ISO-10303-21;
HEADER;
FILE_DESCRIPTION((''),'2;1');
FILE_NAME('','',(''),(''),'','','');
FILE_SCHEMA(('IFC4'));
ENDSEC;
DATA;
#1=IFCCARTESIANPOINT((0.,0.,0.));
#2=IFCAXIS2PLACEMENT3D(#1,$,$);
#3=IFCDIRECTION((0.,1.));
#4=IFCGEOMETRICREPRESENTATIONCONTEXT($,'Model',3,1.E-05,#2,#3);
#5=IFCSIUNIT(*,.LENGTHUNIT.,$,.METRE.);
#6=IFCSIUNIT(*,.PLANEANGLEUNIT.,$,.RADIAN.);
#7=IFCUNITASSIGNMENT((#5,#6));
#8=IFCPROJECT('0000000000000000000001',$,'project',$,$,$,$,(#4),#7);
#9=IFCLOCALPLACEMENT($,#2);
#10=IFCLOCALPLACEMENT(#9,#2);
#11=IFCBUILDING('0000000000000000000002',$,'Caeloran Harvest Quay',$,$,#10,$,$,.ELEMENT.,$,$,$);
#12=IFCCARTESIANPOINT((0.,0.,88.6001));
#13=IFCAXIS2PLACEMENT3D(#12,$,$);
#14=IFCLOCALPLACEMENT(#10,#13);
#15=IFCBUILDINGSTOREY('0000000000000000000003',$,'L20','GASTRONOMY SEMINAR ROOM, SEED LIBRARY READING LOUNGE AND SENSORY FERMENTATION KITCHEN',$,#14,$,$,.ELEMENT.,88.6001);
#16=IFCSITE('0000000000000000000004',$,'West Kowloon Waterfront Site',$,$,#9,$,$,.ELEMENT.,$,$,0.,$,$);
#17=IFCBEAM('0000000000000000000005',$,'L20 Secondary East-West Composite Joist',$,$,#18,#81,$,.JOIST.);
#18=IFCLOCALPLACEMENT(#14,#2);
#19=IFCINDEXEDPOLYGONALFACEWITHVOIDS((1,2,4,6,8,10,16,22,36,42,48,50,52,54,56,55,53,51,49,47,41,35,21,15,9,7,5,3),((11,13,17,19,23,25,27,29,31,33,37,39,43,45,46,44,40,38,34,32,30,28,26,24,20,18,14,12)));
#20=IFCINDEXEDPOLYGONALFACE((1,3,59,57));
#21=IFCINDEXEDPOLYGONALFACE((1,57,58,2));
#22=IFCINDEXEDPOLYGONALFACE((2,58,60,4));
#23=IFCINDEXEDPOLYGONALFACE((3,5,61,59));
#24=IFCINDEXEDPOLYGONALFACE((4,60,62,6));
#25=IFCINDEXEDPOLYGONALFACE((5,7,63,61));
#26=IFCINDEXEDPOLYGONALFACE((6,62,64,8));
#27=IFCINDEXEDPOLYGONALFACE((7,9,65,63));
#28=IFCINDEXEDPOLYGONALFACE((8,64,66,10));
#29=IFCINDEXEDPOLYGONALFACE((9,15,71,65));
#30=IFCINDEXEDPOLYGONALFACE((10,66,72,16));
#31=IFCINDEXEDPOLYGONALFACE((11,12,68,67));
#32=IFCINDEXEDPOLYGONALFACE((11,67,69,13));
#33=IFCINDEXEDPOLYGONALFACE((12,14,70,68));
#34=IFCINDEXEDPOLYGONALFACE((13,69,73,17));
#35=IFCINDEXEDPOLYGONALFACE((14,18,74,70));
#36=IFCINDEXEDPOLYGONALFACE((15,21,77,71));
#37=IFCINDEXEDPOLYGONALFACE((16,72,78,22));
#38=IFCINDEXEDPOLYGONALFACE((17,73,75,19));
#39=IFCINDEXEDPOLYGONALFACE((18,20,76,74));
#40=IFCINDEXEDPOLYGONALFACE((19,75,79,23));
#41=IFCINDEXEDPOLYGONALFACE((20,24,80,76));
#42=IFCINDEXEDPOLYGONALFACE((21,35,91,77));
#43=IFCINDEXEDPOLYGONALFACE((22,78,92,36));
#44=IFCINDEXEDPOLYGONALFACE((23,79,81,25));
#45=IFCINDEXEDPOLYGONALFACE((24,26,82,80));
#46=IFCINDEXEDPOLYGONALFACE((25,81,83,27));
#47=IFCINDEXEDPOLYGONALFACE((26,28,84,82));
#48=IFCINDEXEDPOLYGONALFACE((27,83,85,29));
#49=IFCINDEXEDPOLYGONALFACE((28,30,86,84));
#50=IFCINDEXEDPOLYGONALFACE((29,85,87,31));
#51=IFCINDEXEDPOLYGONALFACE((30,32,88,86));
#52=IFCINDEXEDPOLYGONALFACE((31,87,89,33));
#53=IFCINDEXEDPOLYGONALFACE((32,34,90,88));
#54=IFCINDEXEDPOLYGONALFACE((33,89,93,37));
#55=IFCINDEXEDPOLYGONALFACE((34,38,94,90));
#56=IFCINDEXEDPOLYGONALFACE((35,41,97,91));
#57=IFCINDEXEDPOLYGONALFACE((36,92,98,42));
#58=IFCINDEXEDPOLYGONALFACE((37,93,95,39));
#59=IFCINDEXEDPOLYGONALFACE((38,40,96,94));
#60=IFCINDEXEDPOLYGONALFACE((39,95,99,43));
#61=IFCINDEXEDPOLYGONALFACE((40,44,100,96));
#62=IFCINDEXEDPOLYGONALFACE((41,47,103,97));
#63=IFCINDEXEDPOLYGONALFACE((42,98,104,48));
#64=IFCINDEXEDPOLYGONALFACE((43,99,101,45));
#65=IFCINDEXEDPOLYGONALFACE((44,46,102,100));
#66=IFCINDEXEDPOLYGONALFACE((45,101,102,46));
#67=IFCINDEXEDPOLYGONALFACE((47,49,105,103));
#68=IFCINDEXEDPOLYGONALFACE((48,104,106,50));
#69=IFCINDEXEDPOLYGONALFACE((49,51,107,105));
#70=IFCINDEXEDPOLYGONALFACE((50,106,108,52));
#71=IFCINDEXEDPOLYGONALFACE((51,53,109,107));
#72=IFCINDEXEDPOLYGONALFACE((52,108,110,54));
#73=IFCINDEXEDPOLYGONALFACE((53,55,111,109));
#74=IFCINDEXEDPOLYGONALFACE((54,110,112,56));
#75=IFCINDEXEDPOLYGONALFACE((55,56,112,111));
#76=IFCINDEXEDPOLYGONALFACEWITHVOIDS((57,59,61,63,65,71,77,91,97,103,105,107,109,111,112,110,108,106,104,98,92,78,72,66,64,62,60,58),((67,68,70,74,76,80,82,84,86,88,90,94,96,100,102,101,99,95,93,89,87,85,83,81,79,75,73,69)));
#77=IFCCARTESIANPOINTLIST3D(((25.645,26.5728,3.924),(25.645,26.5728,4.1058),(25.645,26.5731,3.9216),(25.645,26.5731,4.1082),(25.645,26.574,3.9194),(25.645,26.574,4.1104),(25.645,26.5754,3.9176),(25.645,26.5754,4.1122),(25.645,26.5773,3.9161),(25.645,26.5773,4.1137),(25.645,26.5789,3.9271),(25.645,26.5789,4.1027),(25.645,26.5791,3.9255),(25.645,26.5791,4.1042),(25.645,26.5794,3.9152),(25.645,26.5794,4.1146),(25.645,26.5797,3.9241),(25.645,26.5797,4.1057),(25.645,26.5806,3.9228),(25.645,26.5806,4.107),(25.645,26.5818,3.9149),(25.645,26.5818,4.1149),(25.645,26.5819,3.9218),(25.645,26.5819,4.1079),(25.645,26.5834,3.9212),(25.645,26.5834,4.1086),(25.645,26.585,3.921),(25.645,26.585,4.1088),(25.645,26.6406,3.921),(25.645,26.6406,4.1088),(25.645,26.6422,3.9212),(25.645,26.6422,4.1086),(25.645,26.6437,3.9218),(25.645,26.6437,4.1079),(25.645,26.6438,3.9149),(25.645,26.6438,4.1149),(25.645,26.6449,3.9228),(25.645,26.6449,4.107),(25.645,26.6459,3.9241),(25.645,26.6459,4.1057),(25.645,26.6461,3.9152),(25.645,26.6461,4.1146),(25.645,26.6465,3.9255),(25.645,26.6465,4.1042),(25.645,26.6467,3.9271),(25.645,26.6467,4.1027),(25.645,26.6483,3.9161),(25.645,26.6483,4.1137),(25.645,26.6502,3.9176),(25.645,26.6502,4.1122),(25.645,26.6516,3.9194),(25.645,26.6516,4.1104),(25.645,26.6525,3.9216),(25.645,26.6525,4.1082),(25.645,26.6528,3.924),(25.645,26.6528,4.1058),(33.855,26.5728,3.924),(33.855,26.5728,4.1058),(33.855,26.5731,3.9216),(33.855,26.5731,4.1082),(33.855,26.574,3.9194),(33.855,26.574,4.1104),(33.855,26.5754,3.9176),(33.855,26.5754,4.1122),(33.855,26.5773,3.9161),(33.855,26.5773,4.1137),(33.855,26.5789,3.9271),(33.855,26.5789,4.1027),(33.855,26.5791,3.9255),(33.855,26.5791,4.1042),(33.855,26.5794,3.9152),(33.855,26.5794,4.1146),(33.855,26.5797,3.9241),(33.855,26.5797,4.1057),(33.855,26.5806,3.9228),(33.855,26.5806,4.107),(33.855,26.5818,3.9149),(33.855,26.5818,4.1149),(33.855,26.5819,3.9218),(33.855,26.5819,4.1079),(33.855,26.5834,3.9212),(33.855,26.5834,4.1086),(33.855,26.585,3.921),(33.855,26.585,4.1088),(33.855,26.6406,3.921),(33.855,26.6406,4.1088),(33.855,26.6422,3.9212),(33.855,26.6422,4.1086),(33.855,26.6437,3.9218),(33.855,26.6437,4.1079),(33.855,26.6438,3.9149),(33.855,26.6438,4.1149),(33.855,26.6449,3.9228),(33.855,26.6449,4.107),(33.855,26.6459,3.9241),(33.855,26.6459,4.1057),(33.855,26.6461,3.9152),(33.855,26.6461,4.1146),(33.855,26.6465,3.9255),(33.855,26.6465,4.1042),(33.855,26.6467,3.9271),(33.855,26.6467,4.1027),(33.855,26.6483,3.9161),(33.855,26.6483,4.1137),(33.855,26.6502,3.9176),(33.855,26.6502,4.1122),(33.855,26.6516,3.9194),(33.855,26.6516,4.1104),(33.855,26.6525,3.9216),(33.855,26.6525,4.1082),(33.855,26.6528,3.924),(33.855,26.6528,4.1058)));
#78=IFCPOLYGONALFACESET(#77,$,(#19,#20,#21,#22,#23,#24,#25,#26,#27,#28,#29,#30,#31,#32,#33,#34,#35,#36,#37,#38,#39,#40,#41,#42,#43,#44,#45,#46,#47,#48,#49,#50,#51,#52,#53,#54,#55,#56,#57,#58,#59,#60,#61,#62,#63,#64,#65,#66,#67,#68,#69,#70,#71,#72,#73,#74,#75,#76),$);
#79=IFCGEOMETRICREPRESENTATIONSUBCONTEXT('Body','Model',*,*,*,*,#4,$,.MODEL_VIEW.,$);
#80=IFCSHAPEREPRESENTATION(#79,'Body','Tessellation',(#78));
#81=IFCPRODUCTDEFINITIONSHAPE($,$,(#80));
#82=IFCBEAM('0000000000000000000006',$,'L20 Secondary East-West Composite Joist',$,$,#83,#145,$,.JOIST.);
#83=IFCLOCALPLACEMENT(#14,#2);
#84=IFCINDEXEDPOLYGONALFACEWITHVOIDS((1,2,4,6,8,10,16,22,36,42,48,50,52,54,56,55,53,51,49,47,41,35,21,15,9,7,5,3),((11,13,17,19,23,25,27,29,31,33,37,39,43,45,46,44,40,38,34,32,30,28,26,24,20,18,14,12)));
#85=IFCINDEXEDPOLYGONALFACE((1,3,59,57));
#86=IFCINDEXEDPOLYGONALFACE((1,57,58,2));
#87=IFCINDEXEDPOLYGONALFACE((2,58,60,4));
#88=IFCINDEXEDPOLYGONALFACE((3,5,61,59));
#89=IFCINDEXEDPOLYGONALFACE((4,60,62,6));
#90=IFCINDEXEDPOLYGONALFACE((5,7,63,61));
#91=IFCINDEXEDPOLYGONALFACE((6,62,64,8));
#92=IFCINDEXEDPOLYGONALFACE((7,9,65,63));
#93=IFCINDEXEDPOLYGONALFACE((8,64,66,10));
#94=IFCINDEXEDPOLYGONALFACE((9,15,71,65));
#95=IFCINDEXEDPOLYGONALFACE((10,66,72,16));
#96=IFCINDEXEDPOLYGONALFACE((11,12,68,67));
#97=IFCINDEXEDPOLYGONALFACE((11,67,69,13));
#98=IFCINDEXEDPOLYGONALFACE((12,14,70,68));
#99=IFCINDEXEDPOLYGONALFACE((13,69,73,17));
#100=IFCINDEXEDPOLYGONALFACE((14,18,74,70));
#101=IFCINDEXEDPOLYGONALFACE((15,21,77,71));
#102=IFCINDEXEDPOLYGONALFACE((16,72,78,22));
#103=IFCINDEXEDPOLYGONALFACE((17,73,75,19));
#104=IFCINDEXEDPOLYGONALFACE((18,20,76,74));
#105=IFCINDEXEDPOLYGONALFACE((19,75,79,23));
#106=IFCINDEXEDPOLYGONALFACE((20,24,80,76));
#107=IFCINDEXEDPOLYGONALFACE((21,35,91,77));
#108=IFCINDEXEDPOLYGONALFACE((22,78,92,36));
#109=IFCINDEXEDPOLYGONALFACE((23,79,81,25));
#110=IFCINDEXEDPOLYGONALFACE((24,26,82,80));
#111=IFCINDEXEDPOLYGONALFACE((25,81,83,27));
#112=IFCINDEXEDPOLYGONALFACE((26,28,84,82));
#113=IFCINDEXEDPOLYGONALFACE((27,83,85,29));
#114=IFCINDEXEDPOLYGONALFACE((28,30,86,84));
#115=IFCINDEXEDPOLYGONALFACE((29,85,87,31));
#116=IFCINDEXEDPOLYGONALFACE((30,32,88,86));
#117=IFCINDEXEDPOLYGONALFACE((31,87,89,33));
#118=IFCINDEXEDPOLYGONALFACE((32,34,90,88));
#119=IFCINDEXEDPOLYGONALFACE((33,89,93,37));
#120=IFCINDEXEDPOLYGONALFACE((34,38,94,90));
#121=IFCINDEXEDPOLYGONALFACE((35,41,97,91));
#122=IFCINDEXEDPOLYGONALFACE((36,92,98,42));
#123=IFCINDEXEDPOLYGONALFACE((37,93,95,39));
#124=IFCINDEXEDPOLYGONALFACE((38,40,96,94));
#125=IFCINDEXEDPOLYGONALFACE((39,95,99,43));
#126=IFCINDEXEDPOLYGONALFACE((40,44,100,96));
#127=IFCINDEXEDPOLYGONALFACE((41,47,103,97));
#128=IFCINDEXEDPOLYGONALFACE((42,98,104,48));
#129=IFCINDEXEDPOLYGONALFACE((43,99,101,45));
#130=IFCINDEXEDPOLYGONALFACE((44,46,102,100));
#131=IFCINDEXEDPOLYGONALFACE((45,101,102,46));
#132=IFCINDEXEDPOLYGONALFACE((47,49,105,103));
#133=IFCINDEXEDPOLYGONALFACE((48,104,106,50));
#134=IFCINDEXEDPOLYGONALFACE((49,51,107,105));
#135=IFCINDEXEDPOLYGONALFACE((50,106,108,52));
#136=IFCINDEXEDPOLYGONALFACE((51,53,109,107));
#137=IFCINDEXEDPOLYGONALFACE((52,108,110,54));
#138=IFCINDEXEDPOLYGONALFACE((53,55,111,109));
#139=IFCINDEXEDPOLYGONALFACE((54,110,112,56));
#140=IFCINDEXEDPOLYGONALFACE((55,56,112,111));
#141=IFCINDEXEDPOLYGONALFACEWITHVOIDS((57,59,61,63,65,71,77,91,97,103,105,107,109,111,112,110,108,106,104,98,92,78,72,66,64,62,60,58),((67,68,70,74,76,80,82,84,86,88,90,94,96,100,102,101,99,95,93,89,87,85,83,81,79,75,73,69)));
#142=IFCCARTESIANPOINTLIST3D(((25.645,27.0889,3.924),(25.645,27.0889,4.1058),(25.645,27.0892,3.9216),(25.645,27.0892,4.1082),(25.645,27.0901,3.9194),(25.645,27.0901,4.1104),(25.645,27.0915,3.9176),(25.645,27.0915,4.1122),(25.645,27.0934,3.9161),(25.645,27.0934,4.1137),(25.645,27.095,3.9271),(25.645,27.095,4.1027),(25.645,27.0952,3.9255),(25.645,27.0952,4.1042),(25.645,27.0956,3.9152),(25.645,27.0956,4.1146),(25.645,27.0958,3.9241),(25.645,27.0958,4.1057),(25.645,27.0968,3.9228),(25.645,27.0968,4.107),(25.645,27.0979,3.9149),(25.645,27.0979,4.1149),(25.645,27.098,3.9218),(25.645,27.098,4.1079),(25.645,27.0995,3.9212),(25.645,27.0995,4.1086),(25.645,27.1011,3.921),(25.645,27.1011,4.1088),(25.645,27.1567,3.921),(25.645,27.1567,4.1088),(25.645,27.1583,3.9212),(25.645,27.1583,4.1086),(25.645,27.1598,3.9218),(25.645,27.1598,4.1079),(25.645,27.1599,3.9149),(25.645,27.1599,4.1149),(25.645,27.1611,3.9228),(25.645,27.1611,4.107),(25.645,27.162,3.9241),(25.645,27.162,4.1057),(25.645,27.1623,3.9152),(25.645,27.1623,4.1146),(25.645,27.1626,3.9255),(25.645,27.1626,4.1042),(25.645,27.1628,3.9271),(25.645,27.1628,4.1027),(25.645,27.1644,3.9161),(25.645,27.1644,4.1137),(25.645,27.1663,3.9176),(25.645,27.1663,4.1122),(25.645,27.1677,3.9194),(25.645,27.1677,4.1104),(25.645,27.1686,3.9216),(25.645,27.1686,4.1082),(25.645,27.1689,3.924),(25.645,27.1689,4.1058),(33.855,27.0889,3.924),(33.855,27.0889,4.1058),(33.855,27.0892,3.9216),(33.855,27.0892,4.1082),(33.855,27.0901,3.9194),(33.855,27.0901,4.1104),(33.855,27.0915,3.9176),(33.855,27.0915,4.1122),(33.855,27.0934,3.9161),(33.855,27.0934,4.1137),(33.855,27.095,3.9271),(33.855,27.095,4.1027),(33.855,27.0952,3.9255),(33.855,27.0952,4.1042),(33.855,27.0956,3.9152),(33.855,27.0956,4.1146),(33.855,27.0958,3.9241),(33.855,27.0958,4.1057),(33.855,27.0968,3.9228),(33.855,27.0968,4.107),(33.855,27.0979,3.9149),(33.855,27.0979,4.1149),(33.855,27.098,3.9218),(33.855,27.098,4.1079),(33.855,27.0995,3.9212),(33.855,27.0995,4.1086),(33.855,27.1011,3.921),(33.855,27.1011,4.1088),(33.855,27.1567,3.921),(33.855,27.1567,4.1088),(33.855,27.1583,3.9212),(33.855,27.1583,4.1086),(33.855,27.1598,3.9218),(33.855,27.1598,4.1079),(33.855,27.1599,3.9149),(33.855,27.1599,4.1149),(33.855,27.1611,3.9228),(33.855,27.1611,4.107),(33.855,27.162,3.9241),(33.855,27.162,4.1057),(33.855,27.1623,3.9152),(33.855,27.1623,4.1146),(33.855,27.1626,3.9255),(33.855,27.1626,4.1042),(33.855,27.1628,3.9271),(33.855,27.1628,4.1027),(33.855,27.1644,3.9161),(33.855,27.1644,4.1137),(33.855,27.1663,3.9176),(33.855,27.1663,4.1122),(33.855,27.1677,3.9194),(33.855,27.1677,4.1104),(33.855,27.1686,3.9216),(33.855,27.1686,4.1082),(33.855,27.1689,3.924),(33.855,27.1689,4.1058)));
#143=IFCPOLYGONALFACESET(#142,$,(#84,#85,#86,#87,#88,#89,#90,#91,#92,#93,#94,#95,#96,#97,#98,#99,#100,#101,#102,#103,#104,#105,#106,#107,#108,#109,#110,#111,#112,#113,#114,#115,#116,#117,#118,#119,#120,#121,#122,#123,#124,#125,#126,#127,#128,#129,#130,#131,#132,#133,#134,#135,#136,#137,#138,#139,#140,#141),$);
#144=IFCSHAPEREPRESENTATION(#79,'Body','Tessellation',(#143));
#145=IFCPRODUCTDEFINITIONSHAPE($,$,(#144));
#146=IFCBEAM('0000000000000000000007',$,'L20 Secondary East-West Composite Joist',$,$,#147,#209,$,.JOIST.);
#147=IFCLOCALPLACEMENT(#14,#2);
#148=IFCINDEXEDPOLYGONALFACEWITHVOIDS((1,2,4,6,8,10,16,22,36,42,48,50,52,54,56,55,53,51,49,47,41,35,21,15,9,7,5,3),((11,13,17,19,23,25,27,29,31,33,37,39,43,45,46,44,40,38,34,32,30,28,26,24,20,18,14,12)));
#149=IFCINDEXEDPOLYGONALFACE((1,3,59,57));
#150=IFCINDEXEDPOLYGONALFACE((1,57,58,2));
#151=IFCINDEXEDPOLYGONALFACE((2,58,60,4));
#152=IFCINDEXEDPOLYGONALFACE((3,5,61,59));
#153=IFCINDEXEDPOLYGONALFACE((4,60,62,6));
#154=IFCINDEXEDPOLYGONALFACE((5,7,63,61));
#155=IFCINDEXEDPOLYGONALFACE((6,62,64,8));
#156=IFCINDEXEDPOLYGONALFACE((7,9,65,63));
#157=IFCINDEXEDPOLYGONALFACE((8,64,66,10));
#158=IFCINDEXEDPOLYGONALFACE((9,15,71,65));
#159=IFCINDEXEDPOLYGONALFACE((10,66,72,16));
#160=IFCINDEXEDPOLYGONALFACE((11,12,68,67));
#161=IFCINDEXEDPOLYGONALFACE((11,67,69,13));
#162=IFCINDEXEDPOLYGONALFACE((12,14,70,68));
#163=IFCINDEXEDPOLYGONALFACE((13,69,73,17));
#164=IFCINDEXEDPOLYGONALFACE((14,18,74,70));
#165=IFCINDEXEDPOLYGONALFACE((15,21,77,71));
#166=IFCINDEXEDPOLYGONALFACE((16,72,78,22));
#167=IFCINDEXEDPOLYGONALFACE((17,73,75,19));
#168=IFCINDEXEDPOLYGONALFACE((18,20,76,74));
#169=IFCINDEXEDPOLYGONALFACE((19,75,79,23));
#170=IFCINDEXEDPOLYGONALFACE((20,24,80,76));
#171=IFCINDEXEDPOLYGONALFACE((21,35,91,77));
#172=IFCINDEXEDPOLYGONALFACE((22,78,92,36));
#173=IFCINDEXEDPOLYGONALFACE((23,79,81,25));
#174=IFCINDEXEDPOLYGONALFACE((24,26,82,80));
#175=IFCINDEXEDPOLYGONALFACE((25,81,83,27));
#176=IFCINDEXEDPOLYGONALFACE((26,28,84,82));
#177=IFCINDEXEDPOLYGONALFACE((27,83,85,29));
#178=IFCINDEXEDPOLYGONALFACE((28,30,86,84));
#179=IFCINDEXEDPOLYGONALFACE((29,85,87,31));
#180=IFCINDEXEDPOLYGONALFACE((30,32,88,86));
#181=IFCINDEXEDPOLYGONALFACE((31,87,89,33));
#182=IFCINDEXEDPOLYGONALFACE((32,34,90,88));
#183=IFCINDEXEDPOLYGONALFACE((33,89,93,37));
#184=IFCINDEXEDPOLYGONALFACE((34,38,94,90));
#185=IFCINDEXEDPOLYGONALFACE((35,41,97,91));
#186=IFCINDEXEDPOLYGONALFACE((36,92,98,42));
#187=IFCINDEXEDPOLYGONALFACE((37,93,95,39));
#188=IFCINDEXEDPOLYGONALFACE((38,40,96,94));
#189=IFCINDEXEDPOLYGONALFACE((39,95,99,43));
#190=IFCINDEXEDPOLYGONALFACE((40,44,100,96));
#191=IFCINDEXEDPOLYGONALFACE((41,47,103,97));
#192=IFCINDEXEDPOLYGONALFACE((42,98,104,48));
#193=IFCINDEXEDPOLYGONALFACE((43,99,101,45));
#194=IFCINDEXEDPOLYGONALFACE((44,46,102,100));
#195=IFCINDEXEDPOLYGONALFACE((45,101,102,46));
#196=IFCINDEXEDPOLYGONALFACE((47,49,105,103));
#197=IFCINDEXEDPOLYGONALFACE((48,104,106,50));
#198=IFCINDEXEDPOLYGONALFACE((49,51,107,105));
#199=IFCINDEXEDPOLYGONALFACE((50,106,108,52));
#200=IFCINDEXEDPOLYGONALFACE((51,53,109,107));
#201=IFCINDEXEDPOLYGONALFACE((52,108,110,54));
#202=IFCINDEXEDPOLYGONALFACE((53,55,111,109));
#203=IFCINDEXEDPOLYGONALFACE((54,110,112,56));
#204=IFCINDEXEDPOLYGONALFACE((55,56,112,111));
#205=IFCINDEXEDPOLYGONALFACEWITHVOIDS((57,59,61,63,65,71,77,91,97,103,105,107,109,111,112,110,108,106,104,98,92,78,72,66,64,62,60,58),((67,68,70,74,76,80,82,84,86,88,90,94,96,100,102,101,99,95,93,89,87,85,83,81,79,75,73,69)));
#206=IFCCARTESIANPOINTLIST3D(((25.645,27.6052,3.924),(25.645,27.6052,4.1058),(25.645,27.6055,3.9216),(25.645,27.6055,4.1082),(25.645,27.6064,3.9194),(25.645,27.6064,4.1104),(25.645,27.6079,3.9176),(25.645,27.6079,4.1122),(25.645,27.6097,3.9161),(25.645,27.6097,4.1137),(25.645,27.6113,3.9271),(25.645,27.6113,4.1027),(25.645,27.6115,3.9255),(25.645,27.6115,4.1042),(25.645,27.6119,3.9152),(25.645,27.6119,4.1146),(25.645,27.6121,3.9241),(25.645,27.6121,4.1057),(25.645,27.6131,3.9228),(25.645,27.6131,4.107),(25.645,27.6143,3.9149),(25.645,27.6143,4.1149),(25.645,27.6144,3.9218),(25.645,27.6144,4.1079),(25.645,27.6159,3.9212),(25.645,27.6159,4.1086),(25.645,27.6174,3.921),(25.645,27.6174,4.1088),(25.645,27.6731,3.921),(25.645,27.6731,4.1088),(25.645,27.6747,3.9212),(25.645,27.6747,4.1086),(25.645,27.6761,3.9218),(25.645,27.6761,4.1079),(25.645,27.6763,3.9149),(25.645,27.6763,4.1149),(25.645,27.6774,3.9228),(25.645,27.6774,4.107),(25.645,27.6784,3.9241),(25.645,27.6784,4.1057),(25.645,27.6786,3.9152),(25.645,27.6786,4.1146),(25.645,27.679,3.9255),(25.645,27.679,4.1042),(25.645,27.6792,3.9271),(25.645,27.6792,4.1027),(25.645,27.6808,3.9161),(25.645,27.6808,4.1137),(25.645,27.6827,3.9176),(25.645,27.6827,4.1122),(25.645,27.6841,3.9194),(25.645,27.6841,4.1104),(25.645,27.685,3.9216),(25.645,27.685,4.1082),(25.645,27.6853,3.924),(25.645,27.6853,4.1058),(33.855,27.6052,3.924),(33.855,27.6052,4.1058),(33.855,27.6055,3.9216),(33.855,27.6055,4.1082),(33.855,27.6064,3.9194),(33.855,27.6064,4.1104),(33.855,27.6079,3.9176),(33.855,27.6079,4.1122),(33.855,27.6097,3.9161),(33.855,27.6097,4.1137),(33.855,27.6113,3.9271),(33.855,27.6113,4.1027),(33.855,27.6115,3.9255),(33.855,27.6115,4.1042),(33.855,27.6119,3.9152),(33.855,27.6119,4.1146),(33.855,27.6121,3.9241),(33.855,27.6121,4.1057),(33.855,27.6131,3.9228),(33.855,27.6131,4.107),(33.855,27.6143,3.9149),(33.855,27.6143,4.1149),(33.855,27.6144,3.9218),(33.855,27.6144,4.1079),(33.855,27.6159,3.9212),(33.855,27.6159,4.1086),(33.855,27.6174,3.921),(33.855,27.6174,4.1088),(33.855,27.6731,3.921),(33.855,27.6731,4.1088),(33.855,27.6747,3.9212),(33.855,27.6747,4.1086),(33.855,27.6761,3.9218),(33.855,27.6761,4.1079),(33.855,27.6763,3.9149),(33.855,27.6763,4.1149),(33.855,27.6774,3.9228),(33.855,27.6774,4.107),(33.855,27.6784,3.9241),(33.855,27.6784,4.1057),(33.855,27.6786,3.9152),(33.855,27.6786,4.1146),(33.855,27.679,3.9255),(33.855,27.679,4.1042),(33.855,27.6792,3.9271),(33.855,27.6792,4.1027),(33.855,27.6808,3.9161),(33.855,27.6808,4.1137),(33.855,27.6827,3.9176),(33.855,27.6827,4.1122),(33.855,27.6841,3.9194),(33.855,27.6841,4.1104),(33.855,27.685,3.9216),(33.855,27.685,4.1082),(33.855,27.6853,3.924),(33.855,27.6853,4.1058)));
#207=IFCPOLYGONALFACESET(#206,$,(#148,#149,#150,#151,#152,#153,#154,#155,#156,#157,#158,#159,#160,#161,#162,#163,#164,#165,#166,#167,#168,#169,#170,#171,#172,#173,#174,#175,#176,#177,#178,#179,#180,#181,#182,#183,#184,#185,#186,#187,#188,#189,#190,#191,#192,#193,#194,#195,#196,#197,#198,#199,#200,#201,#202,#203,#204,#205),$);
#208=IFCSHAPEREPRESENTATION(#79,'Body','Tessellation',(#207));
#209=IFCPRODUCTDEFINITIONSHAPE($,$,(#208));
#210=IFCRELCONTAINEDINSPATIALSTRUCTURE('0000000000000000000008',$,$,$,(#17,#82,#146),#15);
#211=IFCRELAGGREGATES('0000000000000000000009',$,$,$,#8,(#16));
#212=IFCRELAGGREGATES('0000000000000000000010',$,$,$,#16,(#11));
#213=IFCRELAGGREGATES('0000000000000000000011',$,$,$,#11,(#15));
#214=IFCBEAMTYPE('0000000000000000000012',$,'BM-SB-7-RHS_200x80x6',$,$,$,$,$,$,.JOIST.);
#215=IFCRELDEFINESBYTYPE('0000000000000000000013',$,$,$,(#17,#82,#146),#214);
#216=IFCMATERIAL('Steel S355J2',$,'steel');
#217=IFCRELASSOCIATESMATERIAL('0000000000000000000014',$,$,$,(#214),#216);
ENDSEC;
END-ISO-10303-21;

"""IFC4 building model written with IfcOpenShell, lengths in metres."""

from ifc_helpers import new_model, si_unit, direction, frame, origin, origin_2d, place, context, subcontext, project, spatial, hollow_rectangle, extrude, material, material_profile, profile_set, type_object, element, save


model = new_model("IFC4")

# Units and contexts
model_context = context("Model", 3, precision=1e-05, world=origin(), true_north=direction((0.0, 1.0)))
body_context = subcontext(model_context, "Body", "Model", "MODEL_VIEW")
ifc_project = project(units=[si_unit("LENGTHUNIT", "METRE"), si_unit("PLANEANGLEUNIT", "RADIAN")], contexts=[model_context])

# Site, building, storey
site_placement = place(None, origin())
site = spatial("IfcSite", under=ifc_project, at=site_placement, Name="West Kowloon Waterfront Site", CompositionType="ELEMENT", RefElevation=0.0)
building_placement = place(site_placement, origin())
building = spatial("IfcBuilding", under=site, at=building_placement, Name="Caeloran Harvest Quay", CompositionType="ELEMENT")
storey_placement = place(building_placement, frame((0.0, 0.0, 88.6001)))
storey = spatial("IfcBuildingStorey", under=building, at=storey_placement, Name="L20", Description="GASTRONOMY SEMINAR ROOM, SEED LIBRARY READING LOUNGE AND SENSORY FERMENTATION KITCHEN", CompositionType="ELEMENT", Elevation=88.6001)

# Beams
ifc_material_1 = material(Name="Steel S355J2", Category="steel")
ifc_material_profile_1 = material_profile(ifc_material_1, hollow_rectangle(XDim=0.0801, YDim=0.2, WallThickness=0.0061, InnerFilletRadius=0.0061, OuterFilletRadius=0.009, at=origin_2d()), Name="RHS 200x80x6")
ifc_profile_set_1 = profile_set([ifc_material_profile_1], Name="Steel S355J2")
beam_type_1 = type_object("IfcBeamType", Name="BM-SB-7-RHS_200x80x6", PredefinedType="JOIST", material=ifc_profile_set_1)
for number, where, z_axis, x_axis, name in (
    (1, (25.645, 26.6128, 4.0149), (1.0, 0.0, 0.0), (0.0, 1.0, 0.0), "L20 Secondary East-West Composite Joist"),
    (2, (25.645, 27.1289, 4.0149), (1.0, 0.0, 0.0), (0.0, 1.0, 0.0), "L20 Secondary East-West Composite Joist"),
    (3, (25.645, 27.6453, 4.0149), (1.0, 0.0, 0.0), (0.0, 1.0, 0.0), "L20 Secondary East-West Composite Joist"),
):
    element("IfcBeam", number, at=place(storey_placement, frame(where, z_axis=z_axis, x_axis=x_axis)), inside=storey, type_object=beam_type_1, Name=name, PredefinedType="JOIST", context=body_context, shape_type="SweptSolid", body=[
        extrude(hollow_rectangle(XDim=0.0801, YDim=0.2, WallThickness=0.0061, InnerFilletRadius=0.0061, OuterFilletRadius=0.009, at=origin_2d()), origin(), (0.0, 0.0, 1.0), 8.21),
    ])

save(model, "model.ifc")
